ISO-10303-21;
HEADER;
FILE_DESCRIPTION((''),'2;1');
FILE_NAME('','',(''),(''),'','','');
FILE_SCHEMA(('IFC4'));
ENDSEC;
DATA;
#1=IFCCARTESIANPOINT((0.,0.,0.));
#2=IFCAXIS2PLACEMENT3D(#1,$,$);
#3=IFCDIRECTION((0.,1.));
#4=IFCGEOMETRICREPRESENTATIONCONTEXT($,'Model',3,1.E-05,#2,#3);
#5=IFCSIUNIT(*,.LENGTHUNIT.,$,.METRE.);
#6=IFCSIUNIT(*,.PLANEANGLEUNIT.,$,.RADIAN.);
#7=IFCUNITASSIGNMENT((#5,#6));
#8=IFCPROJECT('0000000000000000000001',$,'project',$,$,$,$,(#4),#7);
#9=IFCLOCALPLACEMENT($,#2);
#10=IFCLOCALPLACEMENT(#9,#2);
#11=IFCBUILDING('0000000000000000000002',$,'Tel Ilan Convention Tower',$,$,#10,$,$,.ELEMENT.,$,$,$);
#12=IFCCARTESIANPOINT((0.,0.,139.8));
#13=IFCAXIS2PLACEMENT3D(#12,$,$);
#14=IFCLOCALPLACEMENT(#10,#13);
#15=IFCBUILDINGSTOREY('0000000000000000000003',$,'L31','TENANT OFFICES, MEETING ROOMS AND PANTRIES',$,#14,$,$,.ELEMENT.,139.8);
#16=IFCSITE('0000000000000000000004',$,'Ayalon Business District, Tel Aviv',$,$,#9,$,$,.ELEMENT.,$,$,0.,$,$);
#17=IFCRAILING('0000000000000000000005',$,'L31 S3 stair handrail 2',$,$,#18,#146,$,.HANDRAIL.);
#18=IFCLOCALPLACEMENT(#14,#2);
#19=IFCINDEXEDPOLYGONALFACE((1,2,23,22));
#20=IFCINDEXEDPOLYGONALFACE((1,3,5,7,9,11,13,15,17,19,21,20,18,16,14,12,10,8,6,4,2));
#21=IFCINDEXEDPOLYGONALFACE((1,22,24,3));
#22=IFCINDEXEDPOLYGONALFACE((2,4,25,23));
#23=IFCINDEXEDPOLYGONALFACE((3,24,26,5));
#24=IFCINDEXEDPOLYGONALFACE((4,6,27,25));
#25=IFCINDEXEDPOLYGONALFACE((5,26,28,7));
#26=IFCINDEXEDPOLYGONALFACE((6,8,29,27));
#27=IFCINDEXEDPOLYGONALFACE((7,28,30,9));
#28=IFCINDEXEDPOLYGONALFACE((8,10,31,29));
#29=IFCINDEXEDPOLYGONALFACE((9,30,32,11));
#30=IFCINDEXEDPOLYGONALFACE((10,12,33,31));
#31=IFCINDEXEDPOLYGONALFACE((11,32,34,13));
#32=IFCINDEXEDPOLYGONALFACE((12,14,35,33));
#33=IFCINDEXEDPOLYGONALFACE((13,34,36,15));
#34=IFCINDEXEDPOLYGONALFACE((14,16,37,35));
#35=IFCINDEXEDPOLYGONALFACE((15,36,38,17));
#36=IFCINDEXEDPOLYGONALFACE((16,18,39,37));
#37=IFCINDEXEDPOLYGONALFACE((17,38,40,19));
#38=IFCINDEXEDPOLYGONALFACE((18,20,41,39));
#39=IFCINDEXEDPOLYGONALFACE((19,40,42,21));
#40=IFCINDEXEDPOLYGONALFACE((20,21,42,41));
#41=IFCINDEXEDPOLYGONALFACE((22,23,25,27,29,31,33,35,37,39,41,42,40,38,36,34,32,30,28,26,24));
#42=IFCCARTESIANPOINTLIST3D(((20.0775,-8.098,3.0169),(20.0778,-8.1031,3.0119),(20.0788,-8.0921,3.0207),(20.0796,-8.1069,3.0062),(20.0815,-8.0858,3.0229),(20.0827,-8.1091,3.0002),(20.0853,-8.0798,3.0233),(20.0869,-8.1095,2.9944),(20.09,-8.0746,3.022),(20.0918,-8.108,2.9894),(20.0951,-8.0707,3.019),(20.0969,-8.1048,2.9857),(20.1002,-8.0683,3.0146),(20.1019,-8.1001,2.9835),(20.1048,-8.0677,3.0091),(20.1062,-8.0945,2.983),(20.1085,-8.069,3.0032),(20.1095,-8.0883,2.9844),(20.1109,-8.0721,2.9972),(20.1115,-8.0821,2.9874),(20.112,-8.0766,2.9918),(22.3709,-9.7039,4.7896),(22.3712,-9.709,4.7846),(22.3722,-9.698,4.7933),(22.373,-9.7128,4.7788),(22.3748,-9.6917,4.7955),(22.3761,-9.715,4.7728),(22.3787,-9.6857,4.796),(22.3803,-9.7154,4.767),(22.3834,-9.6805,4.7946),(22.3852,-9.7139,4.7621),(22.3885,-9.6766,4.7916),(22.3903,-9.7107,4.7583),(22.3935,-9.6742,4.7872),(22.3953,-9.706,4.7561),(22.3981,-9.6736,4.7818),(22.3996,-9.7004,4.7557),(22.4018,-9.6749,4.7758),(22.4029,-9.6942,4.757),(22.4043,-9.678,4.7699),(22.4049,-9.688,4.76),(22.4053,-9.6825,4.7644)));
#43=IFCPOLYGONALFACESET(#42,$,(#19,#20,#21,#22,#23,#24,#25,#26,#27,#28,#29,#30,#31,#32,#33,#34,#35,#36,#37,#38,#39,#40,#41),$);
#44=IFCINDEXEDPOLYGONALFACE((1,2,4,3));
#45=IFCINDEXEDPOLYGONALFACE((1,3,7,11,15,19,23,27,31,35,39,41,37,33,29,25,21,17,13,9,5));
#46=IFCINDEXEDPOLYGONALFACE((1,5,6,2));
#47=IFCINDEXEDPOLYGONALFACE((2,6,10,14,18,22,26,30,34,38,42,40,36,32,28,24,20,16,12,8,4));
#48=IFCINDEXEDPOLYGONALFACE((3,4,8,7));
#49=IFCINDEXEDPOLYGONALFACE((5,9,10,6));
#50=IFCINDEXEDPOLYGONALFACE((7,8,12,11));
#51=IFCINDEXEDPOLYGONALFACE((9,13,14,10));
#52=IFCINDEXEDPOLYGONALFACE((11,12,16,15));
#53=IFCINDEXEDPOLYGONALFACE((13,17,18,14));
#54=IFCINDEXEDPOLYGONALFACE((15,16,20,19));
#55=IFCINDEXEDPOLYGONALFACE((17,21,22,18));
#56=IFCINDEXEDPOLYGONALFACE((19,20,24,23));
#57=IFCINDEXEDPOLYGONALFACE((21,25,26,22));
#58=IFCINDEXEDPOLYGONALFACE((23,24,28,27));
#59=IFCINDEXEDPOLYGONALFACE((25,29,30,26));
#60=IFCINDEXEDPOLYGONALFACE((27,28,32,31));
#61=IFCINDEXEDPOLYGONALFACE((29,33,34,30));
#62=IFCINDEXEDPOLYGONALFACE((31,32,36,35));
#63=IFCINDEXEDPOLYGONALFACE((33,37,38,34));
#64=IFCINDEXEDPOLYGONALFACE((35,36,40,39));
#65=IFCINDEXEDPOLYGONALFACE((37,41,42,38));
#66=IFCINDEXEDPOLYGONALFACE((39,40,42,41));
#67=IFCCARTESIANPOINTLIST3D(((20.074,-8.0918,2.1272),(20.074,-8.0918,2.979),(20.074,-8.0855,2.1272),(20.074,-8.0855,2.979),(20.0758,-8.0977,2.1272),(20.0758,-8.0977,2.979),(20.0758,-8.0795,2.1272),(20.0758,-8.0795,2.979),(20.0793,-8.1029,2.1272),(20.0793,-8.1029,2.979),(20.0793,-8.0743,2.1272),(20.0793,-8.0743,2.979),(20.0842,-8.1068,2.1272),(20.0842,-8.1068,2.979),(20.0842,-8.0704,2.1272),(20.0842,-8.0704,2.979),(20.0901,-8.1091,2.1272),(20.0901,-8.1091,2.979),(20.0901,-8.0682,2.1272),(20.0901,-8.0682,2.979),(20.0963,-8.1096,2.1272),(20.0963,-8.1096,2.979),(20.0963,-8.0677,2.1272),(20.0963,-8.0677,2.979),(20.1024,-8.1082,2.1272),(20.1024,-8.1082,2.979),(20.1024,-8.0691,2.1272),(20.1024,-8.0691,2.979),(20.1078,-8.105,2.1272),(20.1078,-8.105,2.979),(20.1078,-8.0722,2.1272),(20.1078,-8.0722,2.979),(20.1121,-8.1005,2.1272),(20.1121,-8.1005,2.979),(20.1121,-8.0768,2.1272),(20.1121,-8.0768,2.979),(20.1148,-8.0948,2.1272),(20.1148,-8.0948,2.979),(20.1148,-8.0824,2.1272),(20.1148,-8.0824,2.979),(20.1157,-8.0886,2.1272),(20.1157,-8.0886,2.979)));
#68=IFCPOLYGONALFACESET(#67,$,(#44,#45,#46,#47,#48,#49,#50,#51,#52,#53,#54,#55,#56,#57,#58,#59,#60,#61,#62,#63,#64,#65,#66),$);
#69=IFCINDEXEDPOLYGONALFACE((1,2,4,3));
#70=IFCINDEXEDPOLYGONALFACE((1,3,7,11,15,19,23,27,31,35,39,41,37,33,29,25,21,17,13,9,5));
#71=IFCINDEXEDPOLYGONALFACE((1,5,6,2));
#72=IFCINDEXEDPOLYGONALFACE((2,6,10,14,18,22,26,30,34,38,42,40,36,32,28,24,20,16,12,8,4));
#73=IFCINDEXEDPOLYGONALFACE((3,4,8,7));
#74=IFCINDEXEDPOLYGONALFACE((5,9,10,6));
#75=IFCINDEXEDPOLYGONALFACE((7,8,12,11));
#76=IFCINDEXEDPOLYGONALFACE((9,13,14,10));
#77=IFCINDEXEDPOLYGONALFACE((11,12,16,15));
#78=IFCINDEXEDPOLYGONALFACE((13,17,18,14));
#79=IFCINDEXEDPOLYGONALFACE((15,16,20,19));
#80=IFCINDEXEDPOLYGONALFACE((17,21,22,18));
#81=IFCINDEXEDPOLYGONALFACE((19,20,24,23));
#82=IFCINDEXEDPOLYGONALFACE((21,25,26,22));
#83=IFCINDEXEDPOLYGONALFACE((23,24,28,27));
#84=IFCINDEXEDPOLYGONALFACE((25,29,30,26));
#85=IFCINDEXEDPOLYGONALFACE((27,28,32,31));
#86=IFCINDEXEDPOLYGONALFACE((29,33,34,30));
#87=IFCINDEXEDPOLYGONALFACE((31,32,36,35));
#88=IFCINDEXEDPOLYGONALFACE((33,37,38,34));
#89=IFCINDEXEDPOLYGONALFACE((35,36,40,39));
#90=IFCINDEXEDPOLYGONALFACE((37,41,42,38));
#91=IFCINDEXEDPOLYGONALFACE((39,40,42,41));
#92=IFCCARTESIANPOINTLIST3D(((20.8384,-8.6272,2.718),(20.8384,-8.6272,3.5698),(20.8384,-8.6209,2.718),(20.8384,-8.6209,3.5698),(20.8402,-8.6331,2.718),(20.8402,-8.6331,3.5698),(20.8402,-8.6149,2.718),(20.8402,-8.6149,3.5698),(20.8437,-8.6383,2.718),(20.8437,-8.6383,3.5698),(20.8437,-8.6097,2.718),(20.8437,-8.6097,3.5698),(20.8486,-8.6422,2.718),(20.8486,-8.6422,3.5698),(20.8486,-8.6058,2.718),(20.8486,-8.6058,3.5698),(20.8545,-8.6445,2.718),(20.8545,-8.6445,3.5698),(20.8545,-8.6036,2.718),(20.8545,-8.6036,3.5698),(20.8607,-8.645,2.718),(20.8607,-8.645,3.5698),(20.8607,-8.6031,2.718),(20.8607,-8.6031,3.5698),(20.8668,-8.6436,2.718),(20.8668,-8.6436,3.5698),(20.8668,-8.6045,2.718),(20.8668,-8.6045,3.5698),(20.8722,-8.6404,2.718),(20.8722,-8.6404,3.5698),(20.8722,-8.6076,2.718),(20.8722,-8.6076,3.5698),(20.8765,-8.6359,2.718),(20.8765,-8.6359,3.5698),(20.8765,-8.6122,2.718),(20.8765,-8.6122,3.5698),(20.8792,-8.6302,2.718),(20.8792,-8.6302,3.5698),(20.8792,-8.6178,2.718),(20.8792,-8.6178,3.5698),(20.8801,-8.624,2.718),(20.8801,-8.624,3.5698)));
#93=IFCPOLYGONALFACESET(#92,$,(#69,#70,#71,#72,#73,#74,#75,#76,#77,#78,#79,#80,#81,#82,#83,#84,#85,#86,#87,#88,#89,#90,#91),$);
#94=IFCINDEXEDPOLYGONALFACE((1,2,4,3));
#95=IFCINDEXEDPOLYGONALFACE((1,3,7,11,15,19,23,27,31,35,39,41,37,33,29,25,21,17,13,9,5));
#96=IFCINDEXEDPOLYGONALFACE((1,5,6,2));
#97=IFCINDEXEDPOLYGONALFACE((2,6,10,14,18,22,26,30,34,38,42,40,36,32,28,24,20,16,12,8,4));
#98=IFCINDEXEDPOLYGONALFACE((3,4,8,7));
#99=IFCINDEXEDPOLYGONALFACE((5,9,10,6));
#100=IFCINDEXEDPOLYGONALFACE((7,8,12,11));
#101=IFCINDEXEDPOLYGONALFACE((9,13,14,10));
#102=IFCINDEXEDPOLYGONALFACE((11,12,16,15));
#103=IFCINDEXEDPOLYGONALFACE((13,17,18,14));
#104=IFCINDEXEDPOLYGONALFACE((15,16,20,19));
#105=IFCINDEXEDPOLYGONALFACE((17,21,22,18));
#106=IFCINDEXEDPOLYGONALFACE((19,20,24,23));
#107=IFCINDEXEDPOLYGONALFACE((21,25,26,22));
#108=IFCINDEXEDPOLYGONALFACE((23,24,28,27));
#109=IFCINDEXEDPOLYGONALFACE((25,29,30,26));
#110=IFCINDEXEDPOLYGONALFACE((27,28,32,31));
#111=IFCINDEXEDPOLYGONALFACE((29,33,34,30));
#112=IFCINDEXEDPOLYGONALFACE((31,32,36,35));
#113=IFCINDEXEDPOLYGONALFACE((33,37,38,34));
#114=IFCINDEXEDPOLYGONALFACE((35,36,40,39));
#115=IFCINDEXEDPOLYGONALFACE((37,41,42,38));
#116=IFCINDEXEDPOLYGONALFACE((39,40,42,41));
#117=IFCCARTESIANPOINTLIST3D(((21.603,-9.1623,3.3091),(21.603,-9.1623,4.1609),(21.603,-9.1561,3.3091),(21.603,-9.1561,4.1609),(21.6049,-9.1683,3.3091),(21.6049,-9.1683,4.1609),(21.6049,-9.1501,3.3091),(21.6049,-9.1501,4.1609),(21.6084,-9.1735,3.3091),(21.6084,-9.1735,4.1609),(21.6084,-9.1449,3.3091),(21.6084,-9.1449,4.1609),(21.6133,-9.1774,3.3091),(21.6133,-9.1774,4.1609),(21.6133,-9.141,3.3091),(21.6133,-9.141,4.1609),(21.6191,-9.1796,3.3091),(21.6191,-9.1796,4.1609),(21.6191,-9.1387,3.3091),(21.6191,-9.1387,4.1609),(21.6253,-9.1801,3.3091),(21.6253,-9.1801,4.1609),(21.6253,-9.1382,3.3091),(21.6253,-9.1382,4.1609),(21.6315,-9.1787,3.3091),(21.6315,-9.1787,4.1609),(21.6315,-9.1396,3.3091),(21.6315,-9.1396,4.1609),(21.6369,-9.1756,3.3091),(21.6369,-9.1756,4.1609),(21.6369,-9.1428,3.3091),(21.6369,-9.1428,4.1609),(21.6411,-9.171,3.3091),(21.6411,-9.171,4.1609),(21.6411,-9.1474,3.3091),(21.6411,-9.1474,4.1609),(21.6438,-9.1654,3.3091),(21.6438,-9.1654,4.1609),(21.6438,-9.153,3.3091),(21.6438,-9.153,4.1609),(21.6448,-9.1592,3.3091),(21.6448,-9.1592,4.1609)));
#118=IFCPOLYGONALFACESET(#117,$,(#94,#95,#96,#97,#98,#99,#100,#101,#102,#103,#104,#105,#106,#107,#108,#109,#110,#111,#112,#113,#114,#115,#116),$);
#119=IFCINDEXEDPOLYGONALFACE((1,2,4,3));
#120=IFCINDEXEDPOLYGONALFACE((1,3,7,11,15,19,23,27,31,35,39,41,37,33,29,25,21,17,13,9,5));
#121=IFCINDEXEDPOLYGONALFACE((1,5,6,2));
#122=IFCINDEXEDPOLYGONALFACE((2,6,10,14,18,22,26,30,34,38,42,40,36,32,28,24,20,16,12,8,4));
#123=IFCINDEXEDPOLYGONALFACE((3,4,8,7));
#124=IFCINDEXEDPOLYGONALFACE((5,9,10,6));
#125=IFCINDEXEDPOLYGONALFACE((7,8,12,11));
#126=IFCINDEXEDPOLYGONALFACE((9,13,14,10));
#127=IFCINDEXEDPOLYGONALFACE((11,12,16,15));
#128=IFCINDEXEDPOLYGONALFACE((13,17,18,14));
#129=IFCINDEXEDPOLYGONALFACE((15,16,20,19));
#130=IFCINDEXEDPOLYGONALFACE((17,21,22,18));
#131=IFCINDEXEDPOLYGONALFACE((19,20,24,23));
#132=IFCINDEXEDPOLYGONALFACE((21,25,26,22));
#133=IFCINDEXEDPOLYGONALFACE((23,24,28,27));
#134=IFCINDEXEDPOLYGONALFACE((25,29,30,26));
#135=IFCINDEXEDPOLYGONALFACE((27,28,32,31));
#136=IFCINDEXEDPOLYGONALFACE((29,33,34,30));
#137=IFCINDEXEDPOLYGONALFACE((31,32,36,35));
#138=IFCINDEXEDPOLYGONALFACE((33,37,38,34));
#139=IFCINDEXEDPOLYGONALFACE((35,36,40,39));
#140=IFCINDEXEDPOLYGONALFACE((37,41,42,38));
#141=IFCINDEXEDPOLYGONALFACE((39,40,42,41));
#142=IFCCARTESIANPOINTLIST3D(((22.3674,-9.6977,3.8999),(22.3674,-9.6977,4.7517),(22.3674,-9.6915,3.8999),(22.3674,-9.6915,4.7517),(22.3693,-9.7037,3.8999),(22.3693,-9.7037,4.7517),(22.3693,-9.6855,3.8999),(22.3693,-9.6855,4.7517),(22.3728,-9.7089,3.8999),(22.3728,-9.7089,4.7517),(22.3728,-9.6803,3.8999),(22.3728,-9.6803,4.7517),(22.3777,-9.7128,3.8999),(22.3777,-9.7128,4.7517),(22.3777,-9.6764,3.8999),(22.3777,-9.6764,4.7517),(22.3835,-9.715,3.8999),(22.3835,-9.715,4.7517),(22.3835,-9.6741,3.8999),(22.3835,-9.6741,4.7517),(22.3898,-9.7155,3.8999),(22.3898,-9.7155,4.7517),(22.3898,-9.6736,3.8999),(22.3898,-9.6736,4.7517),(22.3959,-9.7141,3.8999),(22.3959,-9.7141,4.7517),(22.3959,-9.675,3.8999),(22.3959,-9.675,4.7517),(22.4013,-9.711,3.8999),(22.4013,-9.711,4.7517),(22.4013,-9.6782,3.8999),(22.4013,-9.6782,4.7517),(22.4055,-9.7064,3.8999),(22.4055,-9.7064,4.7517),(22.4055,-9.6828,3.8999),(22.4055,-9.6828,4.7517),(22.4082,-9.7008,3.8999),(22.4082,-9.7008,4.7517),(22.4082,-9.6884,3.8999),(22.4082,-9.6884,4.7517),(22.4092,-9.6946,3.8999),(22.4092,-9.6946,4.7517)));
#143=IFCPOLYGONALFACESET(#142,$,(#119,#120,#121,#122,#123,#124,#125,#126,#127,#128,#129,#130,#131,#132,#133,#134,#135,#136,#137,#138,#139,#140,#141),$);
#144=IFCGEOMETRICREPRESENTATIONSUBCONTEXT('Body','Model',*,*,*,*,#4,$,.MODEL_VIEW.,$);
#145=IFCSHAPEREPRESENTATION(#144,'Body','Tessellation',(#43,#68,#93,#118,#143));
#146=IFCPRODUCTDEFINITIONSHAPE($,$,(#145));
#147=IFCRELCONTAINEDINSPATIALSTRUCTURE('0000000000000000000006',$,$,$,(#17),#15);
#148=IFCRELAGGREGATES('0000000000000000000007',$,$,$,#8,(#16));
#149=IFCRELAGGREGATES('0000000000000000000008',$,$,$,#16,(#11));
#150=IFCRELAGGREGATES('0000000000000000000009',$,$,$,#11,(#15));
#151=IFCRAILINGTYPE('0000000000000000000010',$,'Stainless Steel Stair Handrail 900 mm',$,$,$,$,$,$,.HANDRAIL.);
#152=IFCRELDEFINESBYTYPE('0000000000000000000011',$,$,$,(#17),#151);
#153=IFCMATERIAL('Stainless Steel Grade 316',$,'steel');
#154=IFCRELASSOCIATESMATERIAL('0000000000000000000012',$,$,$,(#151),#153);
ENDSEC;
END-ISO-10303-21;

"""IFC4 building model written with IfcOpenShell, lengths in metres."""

from ifc_helpers import new_model, si_unit, direction, frame, origin, origin_2d, place, context, subcontext, project, spatial, circle, extrude, material, type_object, element, save


model = new_model("IFC4")

# Units and contexts
model_context = context("Model", 3, precision=1e-05, world=origin(), true_north=direction((0.0, 1.0)))
body_context = subcontext(model_context, "Body", "Model", "MODEL_VIEW")
ifc_project = project(units=[si_unit("LENGTHUNIT", "METRE"), si_unit("PLANEANGLEUNIT", "RADIAN")], contexts=[model_context])

# Site, building, storey
site_placement = place(None, origin())
site = spatial("IfcSite", under=ifc_project, at=site_placement, Name="Ayalon Business District, Tel Aviv", CompositionType="ELEMENT", RefElevation=0.0)
building_placement = place(site_placement, origin())
building = spatial("IfcBuilding", under=site, at=building_placement, Name="Tel Ilan Convention Tower", CompositionType="ELEMENT")
storey_placement = place(building_placement, frame((0.0, 0.0, 139.8)))
storey = spatial("IfcBuildingStorey", under=building, at=storey_placement, Name="L31", Description="TENANT OFFICES, MEETING ROOMS AND PANTRIES", CompositionType="ELEMENT", Elevation=139.8)

# Railing
ifc_material_1 = material(Name="Stainless Steel Grade 316", Category="steel")
railing_type_1 = type_object("IfcRailingType", Name="Stainless Steel Stair Handrail 900 mm", PredefinedType="HANDRAIL", material=ifc_material_1)
railing_1_placement = place(storey_placement, frame((20.0947, -8.0886, 2.1272)))
element("IfcRailing", 1, at=railing_1_placement, inside=storey, type_object=railing_type_1, Name="L31 S3 stair handrail 2", PredefinedType="HANDRAIL", context=body_context, shape_type="SweptSolid", body=[
    extrude(circle(Radius=0.0239, at=origin_2d()), frame((0.0, 0.0, 0.876), z_axis=(0.692085, -0.484621, 0.53494), x_axis=(0.573591, 0.819142, 0.0)), (0.0, 0.0, 1.0), 3.3137),
    extrude(circle(Radius=0.021, at=origin_2d()), origin(), (0.0, 0.0, 1.0), 0.8518),
    extrude(circle(Radius=0.021, at=origin_2d()), frame((0.7644, -0.5354, 0.5908)), (0.0, 0.0, 1.0), 0.8518),
    extrude(circle(Radius=0.021, at=origin_2d()), frame((1.5291, -1.0706, 1.1819)), (0.0, 0.0, 1.0), 0.8518),
    extrude(circle(Radius=0.021, at=origin_2d()), frame((2.2935, -1.606, 1.7727)), (0.0, 0.0, 1.0), 0.8518),
])

save(model, "model.ifc")
